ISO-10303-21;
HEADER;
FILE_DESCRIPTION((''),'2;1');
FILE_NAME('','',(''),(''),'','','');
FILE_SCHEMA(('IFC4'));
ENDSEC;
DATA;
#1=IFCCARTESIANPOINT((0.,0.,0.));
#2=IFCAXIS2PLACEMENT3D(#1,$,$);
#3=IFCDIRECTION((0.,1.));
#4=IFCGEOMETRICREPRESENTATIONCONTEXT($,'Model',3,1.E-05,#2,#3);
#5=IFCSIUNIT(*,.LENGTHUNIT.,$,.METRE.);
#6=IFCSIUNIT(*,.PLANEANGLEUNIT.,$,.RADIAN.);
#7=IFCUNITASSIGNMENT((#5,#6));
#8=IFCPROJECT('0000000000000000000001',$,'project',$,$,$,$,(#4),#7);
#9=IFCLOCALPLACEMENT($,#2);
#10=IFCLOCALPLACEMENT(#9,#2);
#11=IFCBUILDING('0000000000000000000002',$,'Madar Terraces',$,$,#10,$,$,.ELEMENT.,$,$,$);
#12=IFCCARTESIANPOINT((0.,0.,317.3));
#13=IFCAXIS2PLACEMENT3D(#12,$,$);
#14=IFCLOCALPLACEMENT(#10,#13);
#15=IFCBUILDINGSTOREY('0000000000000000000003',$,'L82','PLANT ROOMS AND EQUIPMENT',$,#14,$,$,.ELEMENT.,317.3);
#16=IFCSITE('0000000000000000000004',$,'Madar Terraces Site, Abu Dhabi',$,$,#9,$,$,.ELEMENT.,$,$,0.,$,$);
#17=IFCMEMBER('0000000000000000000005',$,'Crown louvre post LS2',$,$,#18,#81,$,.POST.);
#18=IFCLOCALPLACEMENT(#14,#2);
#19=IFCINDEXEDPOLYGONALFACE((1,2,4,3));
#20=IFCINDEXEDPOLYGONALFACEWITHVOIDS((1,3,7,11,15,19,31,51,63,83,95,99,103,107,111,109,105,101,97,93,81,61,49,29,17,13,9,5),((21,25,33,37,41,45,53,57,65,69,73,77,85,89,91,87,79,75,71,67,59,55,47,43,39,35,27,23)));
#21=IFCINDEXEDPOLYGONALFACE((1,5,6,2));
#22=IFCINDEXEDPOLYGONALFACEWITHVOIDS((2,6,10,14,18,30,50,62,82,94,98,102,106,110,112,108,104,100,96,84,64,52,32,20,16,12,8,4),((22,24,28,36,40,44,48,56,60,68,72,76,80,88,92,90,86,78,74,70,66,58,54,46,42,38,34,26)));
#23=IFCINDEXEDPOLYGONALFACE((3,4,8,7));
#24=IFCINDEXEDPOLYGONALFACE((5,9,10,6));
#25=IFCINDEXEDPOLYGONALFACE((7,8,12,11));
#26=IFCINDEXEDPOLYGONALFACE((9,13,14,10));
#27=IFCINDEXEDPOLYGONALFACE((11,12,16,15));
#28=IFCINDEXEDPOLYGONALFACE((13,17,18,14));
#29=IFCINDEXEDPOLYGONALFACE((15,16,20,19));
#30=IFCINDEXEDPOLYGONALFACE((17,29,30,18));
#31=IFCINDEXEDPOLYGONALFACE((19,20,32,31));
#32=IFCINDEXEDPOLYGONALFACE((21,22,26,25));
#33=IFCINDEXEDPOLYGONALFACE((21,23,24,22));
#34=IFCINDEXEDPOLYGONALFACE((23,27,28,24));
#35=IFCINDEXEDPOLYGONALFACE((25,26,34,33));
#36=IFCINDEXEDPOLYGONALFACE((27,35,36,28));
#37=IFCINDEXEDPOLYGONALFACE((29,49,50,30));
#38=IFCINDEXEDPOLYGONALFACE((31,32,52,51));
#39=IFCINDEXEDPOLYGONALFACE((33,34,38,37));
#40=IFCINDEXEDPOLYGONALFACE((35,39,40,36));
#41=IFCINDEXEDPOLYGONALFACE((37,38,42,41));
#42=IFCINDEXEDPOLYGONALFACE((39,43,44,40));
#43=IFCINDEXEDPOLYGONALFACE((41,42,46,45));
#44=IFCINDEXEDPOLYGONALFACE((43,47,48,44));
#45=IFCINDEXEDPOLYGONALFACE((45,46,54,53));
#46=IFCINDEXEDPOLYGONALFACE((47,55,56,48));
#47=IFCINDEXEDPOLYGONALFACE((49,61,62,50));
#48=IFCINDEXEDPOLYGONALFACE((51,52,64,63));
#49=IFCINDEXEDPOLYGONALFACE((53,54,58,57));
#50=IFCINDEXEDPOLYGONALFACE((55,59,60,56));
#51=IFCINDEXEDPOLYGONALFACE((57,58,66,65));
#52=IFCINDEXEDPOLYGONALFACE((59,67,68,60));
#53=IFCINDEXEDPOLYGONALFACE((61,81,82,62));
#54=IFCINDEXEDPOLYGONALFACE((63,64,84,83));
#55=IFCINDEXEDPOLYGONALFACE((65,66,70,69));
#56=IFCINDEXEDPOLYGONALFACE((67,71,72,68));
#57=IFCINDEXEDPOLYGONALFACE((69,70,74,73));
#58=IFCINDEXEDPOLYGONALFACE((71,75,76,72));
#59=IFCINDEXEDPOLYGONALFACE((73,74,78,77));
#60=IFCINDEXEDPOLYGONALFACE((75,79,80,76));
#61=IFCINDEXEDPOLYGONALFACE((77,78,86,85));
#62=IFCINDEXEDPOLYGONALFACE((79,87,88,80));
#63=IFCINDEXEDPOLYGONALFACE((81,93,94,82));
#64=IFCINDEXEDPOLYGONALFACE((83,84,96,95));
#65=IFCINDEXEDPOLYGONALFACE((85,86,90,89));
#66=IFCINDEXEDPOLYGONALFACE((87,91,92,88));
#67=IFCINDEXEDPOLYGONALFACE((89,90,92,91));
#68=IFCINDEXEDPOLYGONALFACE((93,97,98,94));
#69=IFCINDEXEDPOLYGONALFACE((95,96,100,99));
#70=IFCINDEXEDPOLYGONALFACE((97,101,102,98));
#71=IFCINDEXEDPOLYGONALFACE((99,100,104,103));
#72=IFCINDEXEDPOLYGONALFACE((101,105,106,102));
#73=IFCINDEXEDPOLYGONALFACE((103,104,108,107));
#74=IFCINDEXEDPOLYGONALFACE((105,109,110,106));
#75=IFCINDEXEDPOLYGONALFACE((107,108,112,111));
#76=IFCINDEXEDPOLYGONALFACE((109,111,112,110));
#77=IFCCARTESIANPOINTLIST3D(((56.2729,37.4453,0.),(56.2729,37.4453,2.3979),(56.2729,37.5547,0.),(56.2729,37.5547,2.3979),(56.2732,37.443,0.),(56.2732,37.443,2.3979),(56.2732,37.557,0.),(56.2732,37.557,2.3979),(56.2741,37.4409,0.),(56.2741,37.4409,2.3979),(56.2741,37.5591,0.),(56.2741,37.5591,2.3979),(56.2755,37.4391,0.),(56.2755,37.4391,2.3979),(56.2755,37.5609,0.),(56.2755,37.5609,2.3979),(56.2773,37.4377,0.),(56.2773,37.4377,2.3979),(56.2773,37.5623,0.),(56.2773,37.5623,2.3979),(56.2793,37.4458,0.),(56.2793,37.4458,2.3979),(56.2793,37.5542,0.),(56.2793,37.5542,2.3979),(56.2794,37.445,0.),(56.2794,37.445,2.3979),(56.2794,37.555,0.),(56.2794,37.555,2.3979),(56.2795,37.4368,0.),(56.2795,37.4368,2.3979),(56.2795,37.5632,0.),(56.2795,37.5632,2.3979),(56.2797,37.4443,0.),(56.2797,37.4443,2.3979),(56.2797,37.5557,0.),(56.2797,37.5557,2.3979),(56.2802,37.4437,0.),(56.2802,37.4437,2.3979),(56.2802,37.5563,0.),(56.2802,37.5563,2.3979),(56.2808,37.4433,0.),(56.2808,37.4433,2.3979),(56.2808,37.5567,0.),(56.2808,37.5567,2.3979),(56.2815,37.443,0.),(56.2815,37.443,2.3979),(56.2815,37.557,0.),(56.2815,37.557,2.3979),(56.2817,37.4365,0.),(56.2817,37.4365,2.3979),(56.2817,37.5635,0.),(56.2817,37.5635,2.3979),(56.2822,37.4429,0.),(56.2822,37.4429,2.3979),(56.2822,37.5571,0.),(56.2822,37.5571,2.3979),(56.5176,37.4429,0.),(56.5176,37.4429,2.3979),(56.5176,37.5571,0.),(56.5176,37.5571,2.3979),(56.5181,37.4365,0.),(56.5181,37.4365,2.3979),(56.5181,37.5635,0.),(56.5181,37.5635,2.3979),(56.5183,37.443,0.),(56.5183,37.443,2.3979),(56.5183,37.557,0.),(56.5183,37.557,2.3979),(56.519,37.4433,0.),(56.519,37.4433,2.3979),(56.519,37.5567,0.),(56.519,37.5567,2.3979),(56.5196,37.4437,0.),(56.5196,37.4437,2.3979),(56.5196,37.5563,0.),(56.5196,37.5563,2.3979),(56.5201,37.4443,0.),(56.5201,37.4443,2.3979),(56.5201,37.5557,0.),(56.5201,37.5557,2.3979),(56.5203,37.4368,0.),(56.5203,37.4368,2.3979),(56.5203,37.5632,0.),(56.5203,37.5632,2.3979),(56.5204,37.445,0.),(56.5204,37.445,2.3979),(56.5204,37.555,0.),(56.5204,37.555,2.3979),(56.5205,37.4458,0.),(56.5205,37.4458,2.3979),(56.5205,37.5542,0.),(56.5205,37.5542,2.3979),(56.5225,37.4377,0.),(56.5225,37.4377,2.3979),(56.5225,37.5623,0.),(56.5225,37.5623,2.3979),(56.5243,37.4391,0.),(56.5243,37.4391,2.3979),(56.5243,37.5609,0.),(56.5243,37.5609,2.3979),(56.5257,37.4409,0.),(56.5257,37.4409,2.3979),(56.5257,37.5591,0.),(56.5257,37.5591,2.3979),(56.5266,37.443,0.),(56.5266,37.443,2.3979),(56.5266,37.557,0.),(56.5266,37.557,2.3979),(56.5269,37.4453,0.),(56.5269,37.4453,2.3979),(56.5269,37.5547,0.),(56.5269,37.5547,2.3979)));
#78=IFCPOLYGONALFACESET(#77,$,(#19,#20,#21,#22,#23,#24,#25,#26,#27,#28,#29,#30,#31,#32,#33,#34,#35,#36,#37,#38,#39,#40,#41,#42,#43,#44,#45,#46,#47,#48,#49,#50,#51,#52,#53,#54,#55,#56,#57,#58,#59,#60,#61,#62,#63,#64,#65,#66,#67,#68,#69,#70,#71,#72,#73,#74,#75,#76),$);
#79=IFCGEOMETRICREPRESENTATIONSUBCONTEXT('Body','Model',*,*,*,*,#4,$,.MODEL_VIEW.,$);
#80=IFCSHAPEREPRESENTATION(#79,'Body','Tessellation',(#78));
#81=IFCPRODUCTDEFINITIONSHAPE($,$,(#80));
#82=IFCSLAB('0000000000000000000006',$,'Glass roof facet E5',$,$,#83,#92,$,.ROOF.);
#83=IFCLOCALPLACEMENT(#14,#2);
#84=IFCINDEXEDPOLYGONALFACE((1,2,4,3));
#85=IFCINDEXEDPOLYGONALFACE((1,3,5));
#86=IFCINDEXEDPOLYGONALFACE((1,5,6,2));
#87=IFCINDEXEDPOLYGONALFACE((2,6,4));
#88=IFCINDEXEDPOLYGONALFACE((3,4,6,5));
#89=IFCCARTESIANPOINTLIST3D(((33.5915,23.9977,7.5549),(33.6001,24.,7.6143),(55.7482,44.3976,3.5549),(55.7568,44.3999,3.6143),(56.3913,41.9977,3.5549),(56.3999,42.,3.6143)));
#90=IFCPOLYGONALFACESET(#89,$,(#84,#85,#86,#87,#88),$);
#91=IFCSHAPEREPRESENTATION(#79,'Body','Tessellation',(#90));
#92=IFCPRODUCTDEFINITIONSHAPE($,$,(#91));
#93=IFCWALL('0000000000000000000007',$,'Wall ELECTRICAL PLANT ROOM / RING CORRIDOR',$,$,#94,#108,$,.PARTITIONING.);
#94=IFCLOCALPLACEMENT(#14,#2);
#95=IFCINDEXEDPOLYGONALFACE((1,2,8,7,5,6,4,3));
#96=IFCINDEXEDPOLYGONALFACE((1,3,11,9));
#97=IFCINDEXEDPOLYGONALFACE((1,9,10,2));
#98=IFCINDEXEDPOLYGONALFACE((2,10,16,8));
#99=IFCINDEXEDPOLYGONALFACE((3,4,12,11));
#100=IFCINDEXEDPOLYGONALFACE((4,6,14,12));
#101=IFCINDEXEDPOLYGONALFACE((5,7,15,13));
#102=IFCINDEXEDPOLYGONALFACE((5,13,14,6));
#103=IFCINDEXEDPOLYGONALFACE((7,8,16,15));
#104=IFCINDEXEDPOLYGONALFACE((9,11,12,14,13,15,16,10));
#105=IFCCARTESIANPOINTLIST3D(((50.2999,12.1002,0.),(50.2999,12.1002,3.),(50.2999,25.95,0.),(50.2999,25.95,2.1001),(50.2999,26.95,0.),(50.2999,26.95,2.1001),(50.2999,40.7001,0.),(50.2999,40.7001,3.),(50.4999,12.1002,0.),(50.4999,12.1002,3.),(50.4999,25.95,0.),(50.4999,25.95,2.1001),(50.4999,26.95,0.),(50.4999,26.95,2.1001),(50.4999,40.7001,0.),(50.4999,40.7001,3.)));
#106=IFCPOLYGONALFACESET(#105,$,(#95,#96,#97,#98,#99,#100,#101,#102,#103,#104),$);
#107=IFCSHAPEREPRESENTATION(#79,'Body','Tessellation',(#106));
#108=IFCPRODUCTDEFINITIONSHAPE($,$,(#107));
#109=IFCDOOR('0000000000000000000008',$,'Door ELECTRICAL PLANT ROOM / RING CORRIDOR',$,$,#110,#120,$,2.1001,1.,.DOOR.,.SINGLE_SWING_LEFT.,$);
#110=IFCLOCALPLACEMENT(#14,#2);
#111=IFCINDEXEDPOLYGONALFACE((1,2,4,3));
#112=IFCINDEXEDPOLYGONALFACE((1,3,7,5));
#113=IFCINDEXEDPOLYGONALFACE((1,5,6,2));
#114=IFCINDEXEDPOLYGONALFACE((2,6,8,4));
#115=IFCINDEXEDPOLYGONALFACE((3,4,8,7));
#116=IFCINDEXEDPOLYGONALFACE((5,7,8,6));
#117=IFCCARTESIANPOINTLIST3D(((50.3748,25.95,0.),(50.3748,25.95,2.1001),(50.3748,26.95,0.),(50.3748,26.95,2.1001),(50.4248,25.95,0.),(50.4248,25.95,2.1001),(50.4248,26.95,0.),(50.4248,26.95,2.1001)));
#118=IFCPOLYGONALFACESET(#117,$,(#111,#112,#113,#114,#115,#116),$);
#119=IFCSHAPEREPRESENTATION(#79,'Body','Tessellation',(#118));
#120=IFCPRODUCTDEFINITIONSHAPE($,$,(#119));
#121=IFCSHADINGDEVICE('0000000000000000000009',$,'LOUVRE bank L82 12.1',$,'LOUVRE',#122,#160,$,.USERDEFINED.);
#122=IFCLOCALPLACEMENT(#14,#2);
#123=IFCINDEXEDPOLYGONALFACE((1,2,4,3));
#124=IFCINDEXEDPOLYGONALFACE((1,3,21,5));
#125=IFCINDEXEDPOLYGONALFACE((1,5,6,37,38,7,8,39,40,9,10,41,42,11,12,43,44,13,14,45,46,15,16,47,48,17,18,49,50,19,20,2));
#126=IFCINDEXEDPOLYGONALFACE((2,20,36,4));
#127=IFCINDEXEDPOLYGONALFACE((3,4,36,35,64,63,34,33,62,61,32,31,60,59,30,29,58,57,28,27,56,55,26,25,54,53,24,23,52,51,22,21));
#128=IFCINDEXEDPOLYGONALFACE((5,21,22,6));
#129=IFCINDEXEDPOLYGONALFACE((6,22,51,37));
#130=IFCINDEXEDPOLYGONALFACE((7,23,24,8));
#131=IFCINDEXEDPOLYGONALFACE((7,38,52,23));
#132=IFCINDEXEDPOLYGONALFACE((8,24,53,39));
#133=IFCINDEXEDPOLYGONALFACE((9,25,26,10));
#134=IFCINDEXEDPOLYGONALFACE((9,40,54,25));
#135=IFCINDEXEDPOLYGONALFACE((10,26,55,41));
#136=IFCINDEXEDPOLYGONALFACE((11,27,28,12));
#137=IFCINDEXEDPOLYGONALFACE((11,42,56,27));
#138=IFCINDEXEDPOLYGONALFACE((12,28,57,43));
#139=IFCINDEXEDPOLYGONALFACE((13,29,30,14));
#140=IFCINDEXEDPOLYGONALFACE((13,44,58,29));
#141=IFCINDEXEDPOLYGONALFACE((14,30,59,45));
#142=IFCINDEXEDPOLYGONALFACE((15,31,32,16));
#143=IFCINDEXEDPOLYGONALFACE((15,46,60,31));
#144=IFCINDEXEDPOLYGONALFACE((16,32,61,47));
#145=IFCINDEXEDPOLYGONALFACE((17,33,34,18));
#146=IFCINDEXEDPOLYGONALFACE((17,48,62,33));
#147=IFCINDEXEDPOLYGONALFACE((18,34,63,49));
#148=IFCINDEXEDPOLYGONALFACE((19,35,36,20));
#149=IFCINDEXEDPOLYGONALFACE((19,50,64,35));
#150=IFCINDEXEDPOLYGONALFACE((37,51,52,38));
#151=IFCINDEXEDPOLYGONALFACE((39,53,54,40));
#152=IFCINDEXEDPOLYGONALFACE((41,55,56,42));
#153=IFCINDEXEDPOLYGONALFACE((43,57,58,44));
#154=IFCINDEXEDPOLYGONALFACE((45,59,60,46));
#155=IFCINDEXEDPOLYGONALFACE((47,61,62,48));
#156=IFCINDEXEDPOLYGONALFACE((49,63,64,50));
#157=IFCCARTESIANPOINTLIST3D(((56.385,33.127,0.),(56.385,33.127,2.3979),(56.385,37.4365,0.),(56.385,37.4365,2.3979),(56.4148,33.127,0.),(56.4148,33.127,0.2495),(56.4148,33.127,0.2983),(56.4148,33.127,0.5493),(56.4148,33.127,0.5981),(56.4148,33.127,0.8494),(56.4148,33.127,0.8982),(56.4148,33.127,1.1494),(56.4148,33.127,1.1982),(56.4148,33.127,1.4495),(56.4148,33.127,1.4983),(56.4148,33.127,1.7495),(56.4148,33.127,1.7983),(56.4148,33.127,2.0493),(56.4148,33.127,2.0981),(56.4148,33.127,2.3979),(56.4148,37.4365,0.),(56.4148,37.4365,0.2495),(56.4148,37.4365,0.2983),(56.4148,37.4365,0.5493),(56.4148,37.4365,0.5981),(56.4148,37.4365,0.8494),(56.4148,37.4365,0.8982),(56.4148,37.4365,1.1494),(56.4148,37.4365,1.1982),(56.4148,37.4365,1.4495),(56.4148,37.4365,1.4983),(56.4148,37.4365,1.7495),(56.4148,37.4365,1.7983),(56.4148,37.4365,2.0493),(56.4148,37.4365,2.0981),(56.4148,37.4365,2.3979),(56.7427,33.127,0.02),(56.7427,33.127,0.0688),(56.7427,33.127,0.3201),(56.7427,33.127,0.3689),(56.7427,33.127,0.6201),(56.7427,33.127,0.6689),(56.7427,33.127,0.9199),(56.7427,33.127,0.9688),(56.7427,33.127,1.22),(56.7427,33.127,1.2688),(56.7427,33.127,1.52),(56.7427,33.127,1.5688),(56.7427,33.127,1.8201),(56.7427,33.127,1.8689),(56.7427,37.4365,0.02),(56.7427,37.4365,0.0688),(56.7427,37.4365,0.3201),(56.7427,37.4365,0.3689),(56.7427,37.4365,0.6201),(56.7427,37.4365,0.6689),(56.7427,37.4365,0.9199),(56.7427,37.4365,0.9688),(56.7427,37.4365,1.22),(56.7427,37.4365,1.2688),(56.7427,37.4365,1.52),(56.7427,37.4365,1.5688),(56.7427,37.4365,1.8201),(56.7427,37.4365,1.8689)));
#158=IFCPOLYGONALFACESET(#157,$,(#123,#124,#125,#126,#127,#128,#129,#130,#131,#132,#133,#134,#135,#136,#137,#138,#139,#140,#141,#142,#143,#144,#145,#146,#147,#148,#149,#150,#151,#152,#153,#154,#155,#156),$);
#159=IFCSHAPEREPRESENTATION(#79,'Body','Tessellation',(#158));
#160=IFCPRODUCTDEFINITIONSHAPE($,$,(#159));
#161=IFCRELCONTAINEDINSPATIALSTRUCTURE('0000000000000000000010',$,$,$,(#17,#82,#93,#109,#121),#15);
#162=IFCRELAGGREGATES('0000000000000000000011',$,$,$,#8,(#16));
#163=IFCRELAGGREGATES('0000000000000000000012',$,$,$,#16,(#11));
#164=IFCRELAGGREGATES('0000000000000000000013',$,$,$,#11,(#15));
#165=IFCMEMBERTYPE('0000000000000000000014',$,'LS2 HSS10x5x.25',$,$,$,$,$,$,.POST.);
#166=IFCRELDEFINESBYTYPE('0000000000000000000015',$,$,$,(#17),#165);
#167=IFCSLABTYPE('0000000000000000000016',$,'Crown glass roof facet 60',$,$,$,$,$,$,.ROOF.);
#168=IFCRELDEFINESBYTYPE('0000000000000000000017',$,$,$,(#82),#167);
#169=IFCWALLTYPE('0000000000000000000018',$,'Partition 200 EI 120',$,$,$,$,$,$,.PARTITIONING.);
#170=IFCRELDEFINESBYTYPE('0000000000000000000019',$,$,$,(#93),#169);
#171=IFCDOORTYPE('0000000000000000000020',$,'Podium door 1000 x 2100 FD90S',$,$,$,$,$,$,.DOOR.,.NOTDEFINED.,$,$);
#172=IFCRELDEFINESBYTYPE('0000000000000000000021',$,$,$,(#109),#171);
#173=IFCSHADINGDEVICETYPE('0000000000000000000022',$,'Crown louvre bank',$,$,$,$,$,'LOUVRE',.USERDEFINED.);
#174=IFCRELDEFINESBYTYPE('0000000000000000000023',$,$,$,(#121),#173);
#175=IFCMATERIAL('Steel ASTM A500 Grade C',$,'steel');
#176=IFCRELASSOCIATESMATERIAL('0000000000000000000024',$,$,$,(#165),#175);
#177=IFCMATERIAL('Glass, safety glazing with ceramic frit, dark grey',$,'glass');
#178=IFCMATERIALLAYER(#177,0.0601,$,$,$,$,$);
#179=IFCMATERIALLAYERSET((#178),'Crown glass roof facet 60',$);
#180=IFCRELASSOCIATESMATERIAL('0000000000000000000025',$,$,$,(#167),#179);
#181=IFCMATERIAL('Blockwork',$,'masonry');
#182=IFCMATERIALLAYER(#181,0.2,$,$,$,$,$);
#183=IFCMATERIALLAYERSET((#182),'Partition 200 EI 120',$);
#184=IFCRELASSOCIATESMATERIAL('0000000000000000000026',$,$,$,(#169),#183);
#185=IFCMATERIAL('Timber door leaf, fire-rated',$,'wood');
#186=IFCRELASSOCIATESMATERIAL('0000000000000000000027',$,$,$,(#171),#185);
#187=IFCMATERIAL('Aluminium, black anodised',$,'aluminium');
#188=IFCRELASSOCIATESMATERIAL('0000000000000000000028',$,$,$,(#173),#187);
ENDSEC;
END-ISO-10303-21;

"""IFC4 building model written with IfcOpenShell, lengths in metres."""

from ifc_helpers import new_model, si_unit, direction, frame, frame_2d, origin, origin_2d, place, context, subcontext, project, spatial, polyline, rectangle, hollow_rectangle, outline, extrude, material, layer, layer_set, material_profile, profile_set, type_object, element, fill, save


model = new_model("IFC4")

# Units and contexts
model_context = context("Model", 3, precision=1e-05, world=origin(), true_north=direction((0.0, 1.0)))
body_context = subcontext(model_context, "Body", "Model", "MODEL_VIEW")
ifc_project = project(units=[si_unit("LENGTHUNIT", "METRE"), si_unit("PLANEANGLEUNIT", "RADIAN")], contexts=[model_context])

# Site, building, storey
site_placement = place(None, origin())
site = spatial("IfcSite", under=ifc_project, at=site_placement, Name="Madar Terraces Site, Abu Dhabi", CompositionType="ELEMENT", RefElevation=0.0)
building_placement = place(site_placement, origin())
building = spatial("IfcBuilding", under=site, at=building_placement, Name="Madar Terraces", CompositionType="ELEMENT")
storey_placement = place(building_placement, frame((0.0, 0.0, 317.3)))
storey = spatial("IfcBuildingStorey", under=building, at=storey_placement, Name="L82", Description="PLANT ROOMS AND EQUIPMENT", CompositionType="ELEMENT", Elevation=317.3)

# Member
ifc_material_1 = material(Name="Steel ASTM A500 Grade C", Category="steel")
ifc_material_profile_1 = material_profile(ifc_material_1, hollow_rectangle(XDim=0.127, YDim=0.2539, WallThickness=0.0063, InnerFilletRadius=0.0029, OuterFilletRadius=0.0088, at=origin_2d()), Name="HSS10x5x.25")
ifc_profile_set_1 = profile_set([ifc_material_profile_1], Name="Steel ASTM A500 Grade C")
member_type_1 = type_object("IfcMemberType", Name="LS2 HSS10x5x.25", PredefinedType="POST", material=ifc_profile_set_1)
member_1_placement = place(storey_placement, frame((56.3999, 37.5, 0.0), z_axis=(0.0, 0.0, 1.0), x_axis=(0.0, 1.0, 0.0)))
element("IfcMember", 1, at=member_1_placement, inside=storey, type_object=member_type_1, Name="Crown louvre post LS2", PredefinedType="POST", context=body_context, shape_type="SweptSolid", body=[
    extrude(hollow_rectangle(XDim=0.127, YDim=0.2539, WallThickness=0.0063, InnerFilletRadius=0.0029, OuterFilletRadius=0.0088, at=origin_2d()), origin(), (0.0, 0.0, 1.0), 2.3979),
])

# Slab
ifc_material_2 = material(Name="Glass, safety glazing with ceramic frit, dark grey", Category="glass")
ifc_layer_1 = layer(ifc_material_2, 0.0601)
ifc_layer_set_1 = layer_set([ifc_layer_1], Name="Crown glass roof facet 60")
slab_type = type_object("IfcSlabType", Name="Crown glass roof facet 60", PredefinedType="ROOF", material=ifc_layer_set_1)
slab_placement = place(storey_placement, frame((56.3999, 42.0, 3.6143), z_axis=(0.143207, 0.038373, 0.988949), x_axis=(-0.258824, 0.965924, 0.0)))
element("IfcSlab", 2, at=slab_placement, inside=storey, type_object=slab_type, Name="Glass roof facet E5", PredefinedType="ROOF", context=body_context, shape_type="SweptSolid", body=[
    extrude(outline(polyline([(0.0, 0.0), (2.4846, 0.0), (-11.4855, 26.9799), (0.0, 0.0)])), origin(), (0.0, 0.0, -1.0), 0.0601),
])

# Wall, opening, door
ifc_material_3 = material(Name="Blockwork", Category="masonry")
ifc_layer_2 = layer(ifc_material_3, 0.2)
ifc_layer_set_2 = layer_set([ifc_layer_2], Name="Partition 200 EI 120")
wall_type = type_object("IfcWallType", Name="Partition 200 EI 120", PredefinedType="PARTITIONING", material=ifc_layer_set_2)
wall_placement = place(storey_placement, frame((50.3999, 40.7, 0.0), z_axis=(0.0, 0.0, 1.0), x_axis=(0.0, -1.0, 0.0)))
wall = element("IfcWall", 3, at=wall_placement, inside=storey, type_object=wall_type, Name="Wall ELECTRICAL PLANT ROOM / RING CORRIDOR", PredefinedType="PARTITIONING", context=body_context, shape_type="SweptSolid", body=[
    extrude(rectangle(XDim=28.5999, YDim=0.2, at=frame_2d((14.2998, 0.0))), origin(), (0.0, 0.0, 1.0), 3.0),
])
opening_placement = place(wall_placement, frame((13.75, 0.0, 0.0)))
opening = element("IfcOpeningElement", 4, at=opening_placement, cuts=wall, PredefinedType="OPENING", context=body_context, shape_type="SweptSolid", body=[
    extrude(rectangle(XDim=1.0, YDim=2.1001, at=frame_2d((0.5, 1.05))), frame((0.0, 0.1099, 0.0), z_axis=(0.0, -1.0, 0.0), x_axis=(1.0, 0.0, 0.0)), (0.0, 0.0, 1.0), 0.22),
])
ifc_material_4 = material(Name="Timber door leaf, fire-rated", Category="wood")
door_type = type_object("IfcDoorType", Name="Podium door 1000 x 2100 FD90S", OperationType="NOTDEFINED", PredefinedType="DOOR", material=ifc_material_4)
door_placement = place(opening_placement, origin())
door = element("IfcDoor", 5, at=door_placement, inside=storey, type_object=door_type, Name="Door ELECTRICAL PLANT ROOM / RING CORRIDOR", OperationType="SINGLE_SWING_LEFT", OverallHeight=2.1001, OverallWidth=1.0, PredefinedType="DOOR", context=body_context, shape_type="SweptSolid", body=[
    extrude(rectangle(XDim=1.0, YDim=2.1001, at=frame_2d((0.5, 1.05))), frame((0.0, 0.0249, 0.0), z_axis=(0.0, -1.0, 0.0), x_axis=(1.0, 0.0, 0.0)), (0.0, 0.0, 1.0), 0.05),
])
fill(opening, door)

# Shading device
ifc_material_5 = material(Name="Aluminium, black anodised", Category="aluminium")
shading_device_type = type_object("IfcShadingDeviceType", Name="Crown louvre bank", ElementType="LOUVRE", PredefinedType="USERDEFINED", material=ifc_material_5)
for number, where, z_axis, x_axis, name in (
    (6, (56.3999, 33.127, 0.0), (0.0, 1.0, 0.0), (-1.0, 0.0, 0.0), "LOUVRE bank L82 12.1"),
):
    element("IfcShadingDevice", number, at=place(storey_placement, frame(where, z_axis=z_axis, x_axis=x_axis)), inside=storey, type_object=shading_device_type, Name=name, ObjectType="LOUVRE", PredefinedType="USERDEFINED", context=body_context, shape_type="SweptSolid", body=[
        extrude(outline(polyline([(0.0149, 0.0), (-0.0149, 0.0), (-0.0149, 0.2495), (-0.3428, 0.02), (-0.3428, 0.0688), (-0.0149, 0.2983), (-0.0149, 0.5493), (-0.3428, 0.3201), (-0.3428, 0.3689), (-0.0149, 0.5981), (-0.0149, 0.8494), (-0.3428, 0.6201), (-0.3428, 0.6689), (-0.0149, 0.8982), (-0.0149, 1.1494), (-0.3428, 0.9199), (-0.3428, 0.9688), (-0.0149, 1.1982), (-0.0149, 1.4495), (-0.3428, 1.22), (-0.3428, 1.2688), (-0.0149, 1.4983), (-0.0149, 1.7495), (-0.3428, 1.52), (-0.3428, 1.5688), (-0.0149, 1.7983), (-0.0149, 2.0493), (-0.3428, 1.8201), (-0.3428, 1.8689), (-0.0149, 2.0981), (-0.0149, 2.3979), (0.0149, 2.3979), (0.0149, 0.0)])), origin(), (0.0, 0.0, 1.0), 4.3096),
    ])

save(model, "model.ifc")
